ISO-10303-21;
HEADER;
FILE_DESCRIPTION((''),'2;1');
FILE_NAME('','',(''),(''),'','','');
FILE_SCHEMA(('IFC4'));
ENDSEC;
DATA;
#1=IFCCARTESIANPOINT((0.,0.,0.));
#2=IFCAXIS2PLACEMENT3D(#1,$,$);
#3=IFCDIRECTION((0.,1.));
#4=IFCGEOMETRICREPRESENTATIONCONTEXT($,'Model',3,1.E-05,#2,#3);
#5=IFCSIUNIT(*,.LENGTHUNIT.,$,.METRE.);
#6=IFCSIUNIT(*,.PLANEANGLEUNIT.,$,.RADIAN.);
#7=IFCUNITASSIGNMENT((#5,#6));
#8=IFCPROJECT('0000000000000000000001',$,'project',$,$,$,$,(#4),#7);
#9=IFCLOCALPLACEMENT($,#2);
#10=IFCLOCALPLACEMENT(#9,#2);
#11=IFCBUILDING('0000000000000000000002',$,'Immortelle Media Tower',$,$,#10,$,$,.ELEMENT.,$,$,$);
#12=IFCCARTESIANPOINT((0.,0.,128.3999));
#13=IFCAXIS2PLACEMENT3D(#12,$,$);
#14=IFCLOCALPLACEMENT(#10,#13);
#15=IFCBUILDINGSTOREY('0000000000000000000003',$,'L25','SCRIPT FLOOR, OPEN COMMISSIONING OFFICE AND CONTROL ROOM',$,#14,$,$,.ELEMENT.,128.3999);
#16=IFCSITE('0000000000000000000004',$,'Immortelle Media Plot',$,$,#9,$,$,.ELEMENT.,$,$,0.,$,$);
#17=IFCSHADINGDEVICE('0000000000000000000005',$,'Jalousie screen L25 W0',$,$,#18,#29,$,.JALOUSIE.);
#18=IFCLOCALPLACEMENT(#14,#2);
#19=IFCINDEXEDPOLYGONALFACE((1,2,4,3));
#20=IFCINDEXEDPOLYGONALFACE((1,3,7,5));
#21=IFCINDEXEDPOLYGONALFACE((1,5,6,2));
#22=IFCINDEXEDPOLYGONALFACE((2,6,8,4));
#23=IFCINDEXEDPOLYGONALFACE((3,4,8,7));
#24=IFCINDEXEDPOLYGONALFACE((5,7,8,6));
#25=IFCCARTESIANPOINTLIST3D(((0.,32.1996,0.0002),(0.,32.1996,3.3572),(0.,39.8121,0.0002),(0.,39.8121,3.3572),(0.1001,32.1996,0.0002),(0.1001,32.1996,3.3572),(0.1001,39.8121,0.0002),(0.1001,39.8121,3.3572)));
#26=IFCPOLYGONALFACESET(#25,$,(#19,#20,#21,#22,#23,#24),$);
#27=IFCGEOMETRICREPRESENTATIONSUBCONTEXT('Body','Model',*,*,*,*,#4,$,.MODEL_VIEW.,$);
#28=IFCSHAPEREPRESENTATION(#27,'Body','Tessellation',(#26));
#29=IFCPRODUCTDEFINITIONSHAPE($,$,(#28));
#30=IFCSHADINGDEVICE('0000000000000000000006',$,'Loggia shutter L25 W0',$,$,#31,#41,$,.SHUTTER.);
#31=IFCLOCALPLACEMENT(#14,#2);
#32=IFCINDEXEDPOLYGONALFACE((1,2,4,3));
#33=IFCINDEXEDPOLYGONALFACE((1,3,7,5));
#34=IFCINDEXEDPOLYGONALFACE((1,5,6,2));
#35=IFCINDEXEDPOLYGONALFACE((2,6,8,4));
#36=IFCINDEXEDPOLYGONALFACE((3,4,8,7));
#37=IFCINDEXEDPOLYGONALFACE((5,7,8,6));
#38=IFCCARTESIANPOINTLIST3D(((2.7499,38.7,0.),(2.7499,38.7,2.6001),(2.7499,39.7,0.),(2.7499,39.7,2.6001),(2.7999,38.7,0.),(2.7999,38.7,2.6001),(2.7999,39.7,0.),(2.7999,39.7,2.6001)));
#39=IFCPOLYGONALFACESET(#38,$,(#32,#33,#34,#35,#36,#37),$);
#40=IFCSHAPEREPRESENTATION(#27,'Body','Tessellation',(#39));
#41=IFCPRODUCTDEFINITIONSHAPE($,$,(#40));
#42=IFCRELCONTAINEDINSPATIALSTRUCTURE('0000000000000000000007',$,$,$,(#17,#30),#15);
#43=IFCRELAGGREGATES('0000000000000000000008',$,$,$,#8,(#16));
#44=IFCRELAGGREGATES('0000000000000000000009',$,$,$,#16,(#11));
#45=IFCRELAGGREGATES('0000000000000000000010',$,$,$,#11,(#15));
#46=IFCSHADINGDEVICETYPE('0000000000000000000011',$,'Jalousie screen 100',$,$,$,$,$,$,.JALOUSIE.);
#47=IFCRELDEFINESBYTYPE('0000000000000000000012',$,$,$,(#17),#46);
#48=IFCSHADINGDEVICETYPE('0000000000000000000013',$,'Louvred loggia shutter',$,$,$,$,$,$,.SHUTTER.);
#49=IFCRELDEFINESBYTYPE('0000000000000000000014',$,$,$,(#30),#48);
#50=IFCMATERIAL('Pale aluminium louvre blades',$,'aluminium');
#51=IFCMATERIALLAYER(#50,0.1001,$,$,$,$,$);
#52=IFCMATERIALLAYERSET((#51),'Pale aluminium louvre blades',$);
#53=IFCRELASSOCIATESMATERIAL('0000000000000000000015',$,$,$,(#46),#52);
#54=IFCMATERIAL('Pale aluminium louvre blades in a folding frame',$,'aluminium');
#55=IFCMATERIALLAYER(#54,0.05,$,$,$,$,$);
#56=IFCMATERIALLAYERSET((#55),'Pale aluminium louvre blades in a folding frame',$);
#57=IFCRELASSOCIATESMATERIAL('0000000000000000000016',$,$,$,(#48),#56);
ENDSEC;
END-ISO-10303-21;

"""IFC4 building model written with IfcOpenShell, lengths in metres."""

from ifc_helpers import new_model, si_unit, direction, frame, origin, origin_2d, place, context, subcontext, project, spatial, rectangle, extrude, material, layer, layer_set, type_object, element, save


model = new_model("IFC4")

# Units and contexts
model_context = context("Model", 3, precision=1e-05, world=origin(), true_north=direction((0.0, 1.0)))
body_context = subcontext(model_context, "Body", "Model", "MODEL_VIEW")
ifc_project = project(units=[si_unit("LENGTHUNIT", "METRE"), si_unit("PLANEANGLEUNIT", "RADIAN")], contexts=[model_context])

# Site, building, storey
site_placement = place(None, origin())
site = spatial("IfcSite", under=ifc_project, at=site_placement, Name="Immortelle Media Plot", CompositionType="ELEMENT", RefElevation=0.0)
building_placement = place(site_placement, origin())
building = spatial("IfcBuilding", under=site, at=building_placement, Name="Immortelle Media Tower", CompositionType="ELEMENT")
storey_placement = place(building_placement, frame((0.0, 0.0, 128.3999)))
storey = spatial("IfcBuildingStorey", under=building, at=storey_placement, Name="L25", Description="SCRIPT FLOOR, OPEN COMMISSIONING OFFICE AND CONTROL ROOM", CompositionType="ELEMENT", Elevation=128.3999)

# Shading devices
ifc_material_1 = material(Name="Pale aluminium louvre blades", Category="aluminium")
ifc_layer_1 = layer(ifc_material_1, 0.1001)
ifc_layer_set_1 = layer_set([ifc_layer_1], Name="Pale aluminium louvre blades")
shading_device_type_1 = type_object("IfcShadingDeviceType", Name="Jalousie screen 100", PredefinedType="JALOUSIE", material=ifc_layer_set_1)
shading_device_1_placement = place(storey_placement, frame((0.05, 36.0059, 0.0002), z_axis=(0.0, 0.0, 1.0), x_axis=(0.0, -1.0, 0.0)))
element("IfcShadingDevice", 1, at=shading_device_1_placement, inside=storey, type_object=shading_device_type_1, Name="Jalousie screen L25 W0", PredefinedType="JALOUSIE", context=body_context, shape_type="SweptSolid", body=[
    extrude(rectangle(XDim=7.6125, YDim=0.1001, at=origin_2d()), origin(), (0.0, 0.0, 1.0), 3.3569),
])
ifc_material_2 = material(Name="Pale aluminium louvre blades in a folding frame", Category="aluminium")
ifc_layer_2 = layer(ifc_material_2, 0.05)
ifc_layer_set_2 = layer_set([ifc_layer_2], Name="Pale aluminium louvre blades in a folding frame")
shading_device_type_2 = type_object("IfcShadingDeviceType", Name="Louvred loggia shutter", PredefinedType="SHUTTER", material=ifc_layer_set_2)
shading_device_2_placement = place(storey_placement, frame((2.7749, 39.2, 0.0), z_axis=(0.0, 0.0, 1.0), x_axis=(0.0, -1.0, 0.0)))
element("IfcShadingDevice", 2, at=shading_device_2_placement, inside=storey, type_object=shading_device_type_2, Name="Loggia shutter L25 W0", PredefinedType="SHUTTER", context=body_context, shape_type="SweptSolid", body=[
    extrude(rectangle(XDim=1.0, YDim=0.05, at=origin_2d()), origin(), (0.0, 0.0, 1.0), 2.6001),
])

save(model, "model.ifc")
